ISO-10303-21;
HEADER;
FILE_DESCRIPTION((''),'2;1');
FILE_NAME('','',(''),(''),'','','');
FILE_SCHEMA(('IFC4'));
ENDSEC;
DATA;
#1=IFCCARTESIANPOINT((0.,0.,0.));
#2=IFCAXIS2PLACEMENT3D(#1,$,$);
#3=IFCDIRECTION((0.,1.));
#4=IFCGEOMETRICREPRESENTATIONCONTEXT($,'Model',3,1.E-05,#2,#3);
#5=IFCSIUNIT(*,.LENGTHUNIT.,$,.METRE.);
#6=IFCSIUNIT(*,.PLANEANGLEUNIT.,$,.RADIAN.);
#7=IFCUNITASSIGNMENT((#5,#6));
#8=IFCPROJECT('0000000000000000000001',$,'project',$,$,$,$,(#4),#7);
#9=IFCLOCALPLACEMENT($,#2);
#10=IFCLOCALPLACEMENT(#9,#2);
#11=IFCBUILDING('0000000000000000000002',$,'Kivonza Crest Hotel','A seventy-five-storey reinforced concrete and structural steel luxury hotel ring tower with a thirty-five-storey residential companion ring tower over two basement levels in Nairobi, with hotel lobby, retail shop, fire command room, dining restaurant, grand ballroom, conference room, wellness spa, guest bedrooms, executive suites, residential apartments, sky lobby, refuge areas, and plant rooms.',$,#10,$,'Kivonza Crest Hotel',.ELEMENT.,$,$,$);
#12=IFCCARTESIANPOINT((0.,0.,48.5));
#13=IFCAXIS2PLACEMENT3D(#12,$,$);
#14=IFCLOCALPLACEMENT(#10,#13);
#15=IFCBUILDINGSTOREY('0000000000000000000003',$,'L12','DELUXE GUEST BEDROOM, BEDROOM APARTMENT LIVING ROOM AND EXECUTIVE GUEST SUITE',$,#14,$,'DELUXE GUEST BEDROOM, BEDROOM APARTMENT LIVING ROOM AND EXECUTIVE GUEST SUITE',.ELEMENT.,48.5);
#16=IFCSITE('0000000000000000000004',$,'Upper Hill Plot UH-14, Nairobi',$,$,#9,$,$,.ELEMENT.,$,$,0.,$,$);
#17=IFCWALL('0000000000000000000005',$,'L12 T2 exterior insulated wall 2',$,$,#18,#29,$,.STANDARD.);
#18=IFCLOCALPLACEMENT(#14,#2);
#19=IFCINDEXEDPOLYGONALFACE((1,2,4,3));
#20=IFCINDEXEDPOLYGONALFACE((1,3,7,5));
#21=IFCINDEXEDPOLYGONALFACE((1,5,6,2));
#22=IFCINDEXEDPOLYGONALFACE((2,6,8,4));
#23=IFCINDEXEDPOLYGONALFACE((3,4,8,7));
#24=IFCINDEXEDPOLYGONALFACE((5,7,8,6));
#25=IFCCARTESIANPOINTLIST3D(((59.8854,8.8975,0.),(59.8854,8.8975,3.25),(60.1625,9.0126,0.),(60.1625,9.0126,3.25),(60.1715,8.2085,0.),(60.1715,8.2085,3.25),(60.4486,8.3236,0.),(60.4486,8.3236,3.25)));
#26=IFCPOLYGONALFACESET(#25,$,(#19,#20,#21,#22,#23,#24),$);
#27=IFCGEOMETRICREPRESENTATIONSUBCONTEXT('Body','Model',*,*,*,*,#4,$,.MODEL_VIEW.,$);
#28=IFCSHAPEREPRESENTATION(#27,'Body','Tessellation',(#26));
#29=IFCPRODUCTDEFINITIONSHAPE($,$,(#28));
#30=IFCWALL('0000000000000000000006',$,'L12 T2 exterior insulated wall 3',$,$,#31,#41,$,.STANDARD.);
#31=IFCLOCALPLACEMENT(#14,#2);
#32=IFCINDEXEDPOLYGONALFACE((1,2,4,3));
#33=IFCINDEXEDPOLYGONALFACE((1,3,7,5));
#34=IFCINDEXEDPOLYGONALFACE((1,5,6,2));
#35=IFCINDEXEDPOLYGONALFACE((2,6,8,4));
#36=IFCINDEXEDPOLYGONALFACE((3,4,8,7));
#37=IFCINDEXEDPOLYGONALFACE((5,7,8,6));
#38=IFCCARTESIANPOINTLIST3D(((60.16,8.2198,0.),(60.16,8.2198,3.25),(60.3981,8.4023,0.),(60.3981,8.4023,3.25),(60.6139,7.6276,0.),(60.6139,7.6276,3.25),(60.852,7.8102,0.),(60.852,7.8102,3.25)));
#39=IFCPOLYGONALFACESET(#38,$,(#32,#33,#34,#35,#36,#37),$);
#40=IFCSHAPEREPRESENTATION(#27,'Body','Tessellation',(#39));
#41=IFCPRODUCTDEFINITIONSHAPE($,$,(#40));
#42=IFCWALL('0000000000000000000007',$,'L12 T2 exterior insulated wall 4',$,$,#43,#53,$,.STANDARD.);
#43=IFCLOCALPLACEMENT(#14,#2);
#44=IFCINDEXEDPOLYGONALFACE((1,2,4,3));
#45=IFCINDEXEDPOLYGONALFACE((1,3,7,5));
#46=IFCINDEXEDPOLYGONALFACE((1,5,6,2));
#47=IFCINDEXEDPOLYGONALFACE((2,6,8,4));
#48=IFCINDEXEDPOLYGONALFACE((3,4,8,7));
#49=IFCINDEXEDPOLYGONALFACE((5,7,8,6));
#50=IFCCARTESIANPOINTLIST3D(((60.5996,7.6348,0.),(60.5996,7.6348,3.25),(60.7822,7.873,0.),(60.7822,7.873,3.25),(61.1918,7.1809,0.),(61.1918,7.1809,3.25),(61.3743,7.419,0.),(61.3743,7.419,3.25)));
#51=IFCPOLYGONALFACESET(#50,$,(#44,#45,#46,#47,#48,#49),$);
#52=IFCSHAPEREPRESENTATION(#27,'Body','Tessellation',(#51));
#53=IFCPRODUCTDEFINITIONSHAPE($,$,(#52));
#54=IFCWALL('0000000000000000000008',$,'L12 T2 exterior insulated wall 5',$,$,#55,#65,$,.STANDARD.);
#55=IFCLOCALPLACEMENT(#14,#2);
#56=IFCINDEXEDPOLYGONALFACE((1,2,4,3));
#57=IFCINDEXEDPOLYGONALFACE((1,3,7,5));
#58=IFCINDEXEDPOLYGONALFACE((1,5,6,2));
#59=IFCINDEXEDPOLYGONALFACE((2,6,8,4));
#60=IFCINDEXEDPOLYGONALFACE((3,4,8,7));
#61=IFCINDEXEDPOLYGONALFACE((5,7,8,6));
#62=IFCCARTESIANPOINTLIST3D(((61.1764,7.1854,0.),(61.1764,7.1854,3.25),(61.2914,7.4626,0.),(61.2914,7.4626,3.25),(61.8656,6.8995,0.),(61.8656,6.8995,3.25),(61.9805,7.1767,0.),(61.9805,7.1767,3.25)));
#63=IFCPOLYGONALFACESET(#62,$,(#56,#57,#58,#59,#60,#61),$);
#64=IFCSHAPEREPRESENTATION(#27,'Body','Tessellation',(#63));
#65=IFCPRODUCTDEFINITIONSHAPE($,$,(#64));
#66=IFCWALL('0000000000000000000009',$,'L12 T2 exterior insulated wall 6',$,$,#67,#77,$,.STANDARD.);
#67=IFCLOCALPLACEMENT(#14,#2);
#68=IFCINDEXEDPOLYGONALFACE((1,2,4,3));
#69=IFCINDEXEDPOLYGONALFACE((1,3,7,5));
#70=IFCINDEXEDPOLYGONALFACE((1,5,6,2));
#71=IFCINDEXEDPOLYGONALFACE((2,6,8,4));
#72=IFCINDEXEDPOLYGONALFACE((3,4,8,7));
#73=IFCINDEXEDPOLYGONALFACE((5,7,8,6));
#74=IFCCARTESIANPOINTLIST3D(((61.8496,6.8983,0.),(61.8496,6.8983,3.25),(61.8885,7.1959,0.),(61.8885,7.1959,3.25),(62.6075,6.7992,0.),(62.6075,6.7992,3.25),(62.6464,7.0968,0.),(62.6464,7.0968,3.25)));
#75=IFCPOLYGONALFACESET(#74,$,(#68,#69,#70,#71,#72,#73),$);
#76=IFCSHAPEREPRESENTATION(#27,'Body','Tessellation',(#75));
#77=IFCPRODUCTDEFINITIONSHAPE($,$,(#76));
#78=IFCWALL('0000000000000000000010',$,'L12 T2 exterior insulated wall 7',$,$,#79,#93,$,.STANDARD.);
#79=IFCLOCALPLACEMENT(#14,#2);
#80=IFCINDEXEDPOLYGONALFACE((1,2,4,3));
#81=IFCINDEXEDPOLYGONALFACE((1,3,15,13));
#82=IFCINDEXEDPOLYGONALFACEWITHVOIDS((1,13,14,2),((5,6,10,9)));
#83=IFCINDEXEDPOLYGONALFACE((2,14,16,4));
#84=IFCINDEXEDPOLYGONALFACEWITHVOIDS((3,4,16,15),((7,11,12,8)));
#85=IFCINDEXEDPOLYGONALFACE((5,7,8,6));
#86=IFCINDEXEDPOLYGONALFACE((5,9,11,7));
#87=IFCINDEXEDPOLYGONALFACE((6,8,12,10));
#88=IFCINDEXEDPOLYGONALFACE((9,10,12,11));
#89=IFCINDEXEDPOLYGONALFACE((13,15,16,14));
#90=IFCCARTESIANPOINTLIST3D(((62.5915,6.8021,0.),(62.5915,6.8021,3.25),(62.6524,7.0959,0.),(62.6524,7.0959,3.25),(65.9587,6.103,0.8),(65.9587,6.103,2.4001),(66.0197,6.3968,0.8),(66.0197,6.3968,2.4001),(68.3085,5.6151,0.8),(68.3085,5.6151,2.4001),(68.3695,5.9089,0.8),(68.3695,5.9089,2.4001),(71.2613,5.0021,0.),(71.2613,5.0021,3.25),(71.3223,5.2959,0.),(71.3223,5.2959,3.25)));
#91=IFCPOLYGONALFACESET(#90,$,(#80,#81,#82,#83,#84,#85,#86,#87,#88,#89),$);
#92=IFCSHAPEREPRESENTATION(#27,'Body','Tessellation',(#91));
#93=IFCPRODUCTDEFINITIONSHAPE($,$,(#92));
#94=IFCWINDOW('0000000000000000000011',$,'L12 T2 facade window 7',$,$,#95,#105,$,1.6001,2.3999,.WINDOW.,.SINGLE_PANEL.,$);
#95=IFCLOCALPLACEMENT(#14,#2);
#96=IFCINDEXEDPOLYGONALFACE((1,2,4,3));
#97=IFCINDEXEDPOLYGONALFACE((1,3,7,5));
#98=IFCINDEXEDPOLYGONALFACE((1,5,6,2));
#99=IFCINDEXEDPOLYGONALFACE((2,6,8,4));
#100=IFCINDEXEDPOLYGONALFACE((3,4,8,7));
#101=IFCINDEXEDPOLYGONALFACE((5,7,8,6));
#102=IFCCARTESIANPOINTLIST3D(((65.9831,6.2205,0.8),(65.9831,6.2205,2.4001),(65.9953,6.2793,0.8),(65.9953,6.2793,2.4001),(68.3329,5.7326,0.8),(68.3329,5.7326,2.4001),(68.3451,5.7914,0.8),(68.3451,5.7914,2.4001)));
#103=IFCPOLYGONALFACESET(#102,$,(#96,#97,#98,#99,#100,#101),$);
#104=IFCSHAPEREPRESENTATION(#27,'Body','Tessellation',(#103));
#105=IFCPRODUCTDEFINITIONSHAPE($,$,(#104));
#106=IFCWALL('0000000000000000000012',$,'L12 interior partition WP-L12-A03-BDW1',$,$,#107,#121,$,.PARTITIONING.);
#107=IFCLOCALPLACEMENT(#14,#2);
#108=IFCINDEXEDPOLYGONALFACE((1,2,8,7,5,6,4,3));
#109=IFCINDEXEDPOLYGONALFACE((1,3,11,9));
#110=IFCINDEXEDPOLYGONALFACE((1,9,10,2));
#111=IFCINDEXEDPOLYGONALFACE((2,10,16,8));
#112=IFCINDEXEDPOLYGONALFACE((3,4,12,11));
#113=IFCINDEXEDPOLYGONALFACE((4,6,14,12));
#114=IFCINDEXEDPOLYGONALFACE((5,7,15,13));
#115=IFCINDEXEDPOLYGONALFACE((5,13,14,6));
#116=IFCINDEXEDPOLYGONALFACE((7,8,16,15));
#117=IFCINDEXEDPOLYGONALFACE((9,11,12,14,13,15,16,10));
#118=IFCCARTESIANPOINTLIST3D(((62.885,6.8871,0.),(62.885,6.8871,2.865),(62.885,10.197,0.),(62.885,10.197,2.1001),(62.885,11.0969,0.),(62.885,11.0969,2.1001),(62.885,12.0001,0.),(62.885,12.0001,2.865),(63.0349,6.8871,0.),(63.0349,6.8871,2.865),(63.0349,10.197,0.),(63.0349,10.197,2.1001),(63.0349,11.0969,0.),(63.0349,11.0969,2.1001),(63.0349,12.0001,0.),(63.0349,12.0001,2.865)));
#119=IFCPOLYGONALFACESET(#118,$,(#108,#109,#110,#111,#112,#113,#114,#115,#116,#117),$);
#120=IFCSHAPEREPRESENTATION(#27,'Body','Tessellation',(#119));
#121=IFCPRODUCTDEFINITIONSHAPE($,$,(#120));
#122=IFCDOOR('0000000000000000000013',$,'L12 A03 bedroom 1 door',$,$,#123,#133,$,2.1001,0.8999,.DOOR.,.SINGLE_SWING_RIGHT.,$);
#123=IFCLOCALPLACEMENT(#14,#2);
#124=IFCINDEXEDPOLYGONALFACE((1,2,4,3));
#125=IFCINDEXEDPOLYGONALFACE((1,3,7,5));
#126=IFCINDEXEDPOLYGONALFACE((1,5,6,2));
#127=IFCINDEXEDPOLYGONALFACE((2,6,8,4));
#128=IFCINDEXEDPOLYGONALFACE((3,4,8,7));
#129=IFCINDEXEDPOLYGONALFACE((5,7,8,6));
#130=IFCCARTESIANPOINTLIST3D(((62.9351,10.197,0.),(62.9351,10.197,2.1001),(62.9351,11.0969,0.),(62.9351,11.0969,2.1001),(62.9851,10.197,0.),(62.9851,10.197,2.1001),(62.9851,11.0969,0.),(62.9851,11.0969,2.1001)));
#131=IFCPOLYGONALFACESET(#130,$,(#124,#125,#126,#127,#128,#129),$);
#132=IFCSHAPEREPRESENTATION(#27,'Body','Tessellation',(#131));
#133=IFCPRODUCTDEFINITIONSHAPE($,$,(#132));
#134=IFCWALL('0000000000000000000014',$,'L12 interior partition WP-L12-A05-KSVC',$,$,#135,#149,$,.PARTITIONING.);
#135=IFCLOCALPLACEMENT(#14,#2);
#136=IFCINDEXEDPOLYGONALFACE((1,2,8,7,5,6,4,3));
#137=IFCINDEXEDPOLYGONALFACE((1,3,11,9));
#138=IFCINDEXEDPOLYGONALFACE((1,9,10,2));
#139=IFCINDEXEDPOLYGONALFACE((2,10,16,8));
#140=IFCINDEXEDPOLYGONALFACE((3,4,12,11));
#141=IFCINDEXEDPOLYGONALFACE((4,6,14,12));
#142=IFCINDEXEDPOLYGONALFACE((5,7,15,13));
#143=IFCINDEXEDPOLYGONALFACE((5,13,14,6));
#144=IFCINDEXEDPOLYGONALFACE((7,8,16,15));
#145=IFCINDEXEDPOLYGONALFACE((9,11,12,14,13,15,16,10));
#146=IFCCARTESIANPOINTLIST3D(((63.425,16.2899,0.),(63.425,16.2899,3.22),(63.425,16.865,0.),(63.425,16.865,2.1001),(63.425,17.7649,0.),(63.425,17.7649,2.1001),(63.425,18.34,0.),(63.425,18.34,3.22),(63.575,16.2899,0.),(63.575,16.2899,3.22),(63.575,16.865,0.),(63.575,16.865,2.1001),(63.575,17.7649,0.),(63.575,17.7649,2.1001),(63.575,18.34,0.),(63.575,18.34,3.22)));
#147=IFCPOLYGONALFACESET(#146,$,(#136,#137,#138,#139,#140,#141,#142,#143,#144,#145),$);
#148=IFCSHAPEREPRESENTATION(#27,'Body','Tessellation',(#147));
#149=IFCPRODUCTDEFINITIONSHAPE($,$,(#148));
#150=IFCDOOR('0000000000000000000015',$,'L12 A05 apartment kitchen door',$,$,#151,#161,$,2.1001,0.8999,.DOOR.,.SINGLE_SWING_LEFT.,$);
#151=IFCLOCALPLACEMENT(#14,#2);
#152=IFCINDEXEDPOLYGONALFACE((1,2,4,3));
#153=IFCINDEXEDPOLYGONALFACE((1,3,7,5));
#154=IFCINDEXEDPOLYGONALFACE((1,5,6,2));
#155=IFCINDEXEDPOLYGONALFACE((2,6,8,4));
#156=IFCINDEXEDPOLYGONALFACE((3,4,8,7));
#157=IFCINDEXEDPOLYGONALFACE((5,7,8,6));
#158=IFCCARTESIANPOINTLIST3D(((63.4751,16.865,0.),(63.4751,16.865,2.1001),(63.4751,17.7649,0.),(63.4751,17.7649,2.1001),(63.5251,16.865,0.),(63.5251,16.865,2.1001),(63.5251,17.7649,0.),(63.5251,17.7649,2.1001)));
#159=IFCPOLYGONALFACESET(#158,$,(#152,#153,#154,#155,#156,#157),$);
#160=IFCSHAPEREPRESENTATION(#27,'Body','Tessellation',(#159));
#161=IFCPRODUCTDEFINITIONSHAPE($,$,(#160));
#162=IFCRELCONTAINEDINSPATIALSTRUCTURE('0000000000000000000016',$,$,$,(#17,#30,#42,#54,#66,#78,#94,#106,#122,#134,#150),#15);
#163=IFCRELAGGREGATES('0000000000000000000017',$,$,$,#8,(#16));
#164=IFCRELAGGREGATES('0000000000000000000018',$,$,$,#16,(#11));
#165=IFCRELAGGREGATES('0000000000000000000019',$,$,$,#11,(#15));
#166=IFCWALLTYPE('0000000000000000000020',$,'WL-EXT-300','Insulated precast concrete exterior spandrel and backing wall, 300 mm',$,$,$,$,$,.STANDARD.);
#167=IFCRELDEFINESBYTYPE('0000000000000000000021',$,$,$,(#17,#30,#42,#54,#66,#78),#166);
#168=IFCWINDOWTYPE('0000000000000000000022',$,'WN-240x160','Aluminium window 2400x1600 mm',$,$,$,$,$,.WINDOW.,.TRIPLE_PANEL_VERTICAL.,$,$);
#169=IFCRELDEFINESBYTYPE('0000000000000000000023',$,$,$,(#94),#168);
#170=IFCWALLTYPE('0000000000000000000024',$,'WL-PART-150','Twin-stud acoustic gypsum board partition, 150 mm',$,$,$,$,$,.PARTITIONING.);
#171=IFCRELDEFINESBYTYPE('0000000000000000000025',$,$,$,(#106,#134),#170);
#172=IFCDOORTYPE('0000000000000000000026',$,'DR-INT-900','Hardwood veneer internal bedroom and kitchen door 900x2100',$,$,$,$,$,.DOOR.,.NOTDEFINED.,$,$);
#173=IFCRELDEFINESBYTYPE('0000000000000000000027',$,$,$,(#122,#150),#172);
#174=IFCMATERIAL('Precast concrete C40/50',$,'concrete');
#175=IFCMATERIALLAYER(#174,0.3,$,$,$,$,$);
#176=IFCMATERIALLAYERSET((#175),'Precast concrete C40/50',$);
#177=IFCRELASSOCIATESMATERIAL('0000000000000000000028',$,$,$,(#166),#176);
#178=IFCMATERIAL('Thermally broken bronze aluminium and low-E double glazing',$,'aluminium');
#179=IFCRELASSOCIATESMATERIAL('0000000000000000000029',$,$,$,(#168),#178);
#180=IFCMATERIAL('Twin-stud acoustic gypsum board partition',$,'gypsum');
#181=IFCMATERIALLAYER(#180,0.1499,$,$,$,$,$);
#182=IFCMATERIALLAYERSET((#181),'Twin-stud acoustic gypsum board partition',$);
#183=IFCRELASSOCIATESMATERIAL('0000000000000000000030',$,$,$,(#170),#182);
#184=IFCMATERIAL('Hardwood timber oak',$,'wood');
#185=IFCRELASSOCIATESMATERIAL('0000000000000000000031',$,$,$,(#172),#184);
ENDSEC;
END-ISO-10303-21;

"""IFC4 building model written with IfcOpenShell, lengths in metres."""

from ifc_helpers import new_model, si_unit, direction, frame, frame_2d, origin, place, context, subcontext, project, spatial, rectangle, extrude, material, layer, layer_set, type_object, element, fill, save


model = new_model("IFC4")

# Units and contexts
model_context = context("Model", 3, precision=1e-05, world=origin(), true_north=direction((0.0, 1.0)))
body_context = subcontext(model_context, "Body", "Model", "MODEL_VIEW")
ifc_project = project(units=[si_unit("LENGTHUNIT", "METRE"), si_unit("PLANEANGLEUNIT", "RADIAN")], contexts=[model_context])

# Site, building, storey
site_placement = place(None, origin())
site = spatial("IfcSite", under=ifc_project, at=site_placement, Name="Upper Hill Plot UH-14, Nairobi", CompositionType="ELEMENT", RefElevation=0.0)
building_placement = place(site_placement, origin())
building = spatial("IfcBuilding", under=site, at=building_placement, Name="Kivonza Crest Hotel", Description="A seventy-five-storey reinforced concrete and structural steel luxury hotel ring tower with a thirty-five-storey residential companion ring tower over two basement levels in Nairobi, with hotel lobby, retail shop, fire command room, dining restaurant, grand ballroom, conference room, wellness spa, guest bedrooms, executive suites, residential apartments, sky lobby, refuge areas, and plant rooms.", LongName="Kivonza Crest Hotel", CompositionType="ELEMENT")
storey_placement = place(building_placement, frame((0.0, 0.0, 48.5)))
storey = spatial("IfcBuildingStorey", under=building, at=storey_placement, Name="L12", Description="DELUXE GUEST BEDROOM, BEDROOM APARTMENT LIVING ROOM AND EXECUTIVE GUEST SUITE", LongName="DELUXE GUEST BEDROOM, BEDROOM APARTMENT LIVING ROOM AND EXECUTIVE GUEST SUITE", CompositionType="ELEMENT", Elevation=48.5)

# Walls
ifc_material_1 = material(Name="Precast concrete C40/50", Category="concrete")
ifc_layer_1 = layer(ifc_material_1, 0.3)
ifc_layer_set_1 = layer_set([ifc_layer_1], Name="Precast concrete C40/50")
wall_type_1 = type_object("IfcWallType", Name="WL-EXT-300", Description="Insulated precast concrete exterior spandrel and backing wall, 300 mm", PredefinedType="STANDARD", material=ifc_layer_set_1)
for number, where, z_axis, x_axis, name in (
    (1, (60.0239, 8.9551, 0.0), (0.0, 0.0, 1.0), (0.383546, -0.923522, 0.0), "L12 T2 exterior insulated wall 2"),
    (2, (60.2791, 8.311, 0.0), (0.0, 0.0, 1.0), (0.608397, -0.793633, 0.0), "L12 T2 exterior insulated wall 3"),
    (3, (60.6909, 7.7539, 0.0), (0.0, 0.0, 1.0), (0.793633, -0.608397, 0.0), "L12 T2 exterior insulated wall 4"),
    (4, (61.2339, 7.324, 0.0), (0.0, 0.0, 1.0), (0.923686, -0.383151, 0.0), "L12 T2 exterior insulated wall 5"),
):
    element("IfcWall", number, at=place(storey_placement, frame(where, z_axis=z_axis, x_axis=x_axis)), inside=storey, type_object=wall_type_1, Name=name, PredefinedType="STANDARD", context=body_context, shape_type="SweptSolid", body=[
        extrude(rectangle(XDim=0.7461, YDim=0.3, at=frame_2d((0.373, 0.0))), origin(), (0.0, 0.0, 1.0), 3.25),
    ])
wall_1_placement = place(storey_placement, frame((61.8689, 7.0471, 0.0), z_axis=(0.0, 0.0, 1.0), x_axis=(0.991559, -0.129653, 0.0)))
element("IfcWall", 5, at=wall_1_placement, inside=storey, type_object=wall_type_1, Name="L12 T2 exterior insulated wall 6", PredefinedType="STANDARD", context=body_context, shape_type="SweptSolid", body=[
    extrude(rectangle(XDim=0.7644, YDim=0.3, at=frame_2d((0.3823, 0.0))), origin(), (0.0, 0.0, 1.0), 3.25),
])

# Wall, opening, window
wall_2_placement = place(storey_placement, frame((62.6221, 6.949, 0.0), z_axis=(0.0, 0.0, 1.0), x_axis=(0.97912, -0.203285, 0.0)))
wall_2 = element("IfcWall", 6, at=wall_2_placement, inside=storey, type_object=wall_type_1, Name="L12 T2 exterior insulated wall 7", PredefinedType="STANDARD", context=body_context, shape_type="SweptSolid", body=[
    extrude(rectangle(XDim=8.8547, YDim=0.3, at=frame_2d((4.4272, 0.0))), origin(), (0.0, 0.0, 1.0), 3.25),
])
opening_1_placement = place(wall_2_placement, frame((3.439, 0.0, 0.8)))
opening_1 = element("IfcOpeningElement", 7, at=opening_1_placement, cuts=wall_2, PredefinedType="OPENING", context=body_context, shape_type="SweptSolid", body=[
    extrude(rectangle(XDim=2.3999, YDim=1.6001, at=frame_2d((1.2, 0.8))), frame((0.0, 0.1602, 0.0), z_axis=(0.0, -1.0, 0.0), x_axis=(1.0, 0.0, 0.0)), (0.0, 0.0, 1.0), 0.3201),
])
ifc_material_2 = material(Name="Thermally broken bronze aluminium and low-E double glazing", Category="aluminium")
window_type = type_object("IfcWindowType", Name="WN-240x160", Description="Aluminium window 2400x1600 mm", PartitioningType="TRIPLE_PANEL_VERTICAL", PredefinedType="WINDOW", material=ifc_material_2)
window_placement = place(opening_1_placement, origin())
window = element("IfcWindow", 8, at=window_placement, inside=storey, type_object=window_type, Name="L12 T2 facade window 7", OverallHeight=1.6001, OverallWidth=2.3999, PartitioningType="SINGLE_PANEL", PredefinedType="WINDOW", context=body_context, shape_type="SweptSolid", body=[
    extrude(rectangle(XDim=2.3999, YDim=1.6001, at=frame_2d((1.2, 0.8))), frame((0.0, 0.03, 0.0), z_axis=(0.0, -1.0, 0.0), x_axis=(1.0, 0.0, 0.0)), (0.0, 0.0, 1.0), 0.0601),
])
fill(opening_1, window)

# Walls, openings, doors
ifc_material_3 = material(Name="Twin-stud acoustic gypsum board partition", Category="gypsum")
ifc_layer_2 = layer(ifc_material_3, 0.1499)
ifc_layer_set_2 = layer_set([ifc_layer_2], Name="Twin-stud acoustic gypsum board partition")
wall_type_2 = type_object("IfcWallType", Name="WL-PART-150", Description="Twin-stud acoustic gypsum board partition, 150 mm", PredefinedType="PARTITIONING", material=ifc_layer_set_2)
wall_3_placement = place(storey_placement, frame((62.96, 6.887, 0.0), z_axis=(0.0, 0.0, 1.0), x_axis=(0.0, 1.0, 0.0)))
wall_3 = element("IfcWall", 9, at=wall_3_placement, inside=storey, type_object=wall_type_2, Name="L12 interior partition WP-L12-A03-BDW1", PredefinedType="PARTITIONING", context=body_context, shape_type="SweptSolid", body=[
    extrude(rectangle(XDim=5.113, YDim=0.1499, at=frame_2d((2.5566, 0.0))), origin(), (0.0, 0.0, 1.0), 2.865),
])
opening_2_placement = place(wall_3_placement, frame((3.3101, 0.0, 0.0)))
opening_2 = element("IfcOpeningElement", 10, at=opening_2_placement, cuts=wall_3, PredefinedType="OPENING", context=body_context, shape_type="SweptSolid", body=[
    extrude(rectangle(XDim=0.8999, YDim=2.1001, at=frame_2d((0.45, 1.05))), frame((0.0, 0.085, 0.0), z_axis=(0.0, -1.0, 0.0), x_axis=(1.0, 0.0, 0.0)), (0.0, 0.0, 1.0), 0.1699),
])
ifc_material_4 = material(Name="Hardwood timber oak", Category="wood")
door_type_1 = type_object("IfcDoorType", Name="DR-INT-900", Description="Hardwood veneer internal bedroom and kitchen door 900x2100", OperationType="NOTDEFINED", PredefinedType="DOOR", material=ifc_material_4)
door_1_placement = place(opening_2_placement, origin())
door_1 = element("IfcDoor", 11, at=door_1_placement, inside=storey, type_object=door_type_1, Name="L12 A03 bedroom 1 door", OperationType="SINGLE_SWING_RIGHT", OverallHeight=2.1001, OverallWidth=0.8999, PredefinedType="DOOR", context=body_context, shape_type="SweptSolid", body=[
    extrude(rectangle(XDim=0.8999, YDim=2.1001, at=frame_2d((0.45, 1.05))), frame((0.0, 0.0249, 0.0), z_axis=(0.0, -1.0, 0.0), x_axis=(1.0, 0.0, 0.0)), (0.0, 0.0, 1.0), 0.05),
])
fill(opening_2, door_1)
wall_4_placement = place(storey_placement, frame((63.5, 16.29, 0.0), z_axis=(0.0, 0.0, 1.0), x_axis=(0.0, 1.0, 0.0)))
wall_4 = element("IfcWall", 12, at=wall_4_placement, inside=storey, type_object=wall_type_2, Name="L12 interior partition WP-L12-A05-KSVC", PredefinedType="PARTITIONING", context=body_context, shape_type="SweptSolid", body=[
    extrude(rectangle(XDim=2.05, YDim=0.1499, at=frame_2d((1.0249, 0.0))), origin(), (0.0, 0.0, 1.0), 3.22),
])
opening_3_placement = place(wall_4_placement, frame((0.575, 0.0, 0.0)))
opening_3 = element("IfcOpeningElement", 13, at=opening_3_placement, cuts=wall_4, PredefinedType="OPENING", context=body_context, shape_type="SweptSolid", body=[
    extrude(rectangle(XDim=0.8999, YDim=2.1001, at=frame_2d((0.45, 1.05))), frame((0.0, 0.085, 0.0), z_axis=(0.0, -1.0, 0.0), x_axis=(1.0, 0.0, 0.0)), (0.0, 0.0, 1.0), 0.1699),
])
door_2_placement = place(opening_3_placement, origin())
door_2 = element("IfcDoor", 14, at=door_2_placement, inside=storey, type_object=door_type_1, Name="L12 A05 apartment kitchen door", OperationType="SINGLE_SWING_LEFT", OverallHeight=2.1001, OverallWidth=0.8999, PredefinedType="DOOR", context=body_context, shape_type="SweptSolid", body=[
    extrude(rectangle(XDim=0.8999, YDim=2.1001, at=frame_2d((0.45, 1.05))), frame((0.0, 0.0249, 0.0), z_axis=(0.0, -1.0, 0.0), x_axis=(1.0, 0.0, 0.0)), (0.0, 0.0, 1.0), 0.05),
])
fill(opening_3, door_2)

save(model, "model.ifc")
